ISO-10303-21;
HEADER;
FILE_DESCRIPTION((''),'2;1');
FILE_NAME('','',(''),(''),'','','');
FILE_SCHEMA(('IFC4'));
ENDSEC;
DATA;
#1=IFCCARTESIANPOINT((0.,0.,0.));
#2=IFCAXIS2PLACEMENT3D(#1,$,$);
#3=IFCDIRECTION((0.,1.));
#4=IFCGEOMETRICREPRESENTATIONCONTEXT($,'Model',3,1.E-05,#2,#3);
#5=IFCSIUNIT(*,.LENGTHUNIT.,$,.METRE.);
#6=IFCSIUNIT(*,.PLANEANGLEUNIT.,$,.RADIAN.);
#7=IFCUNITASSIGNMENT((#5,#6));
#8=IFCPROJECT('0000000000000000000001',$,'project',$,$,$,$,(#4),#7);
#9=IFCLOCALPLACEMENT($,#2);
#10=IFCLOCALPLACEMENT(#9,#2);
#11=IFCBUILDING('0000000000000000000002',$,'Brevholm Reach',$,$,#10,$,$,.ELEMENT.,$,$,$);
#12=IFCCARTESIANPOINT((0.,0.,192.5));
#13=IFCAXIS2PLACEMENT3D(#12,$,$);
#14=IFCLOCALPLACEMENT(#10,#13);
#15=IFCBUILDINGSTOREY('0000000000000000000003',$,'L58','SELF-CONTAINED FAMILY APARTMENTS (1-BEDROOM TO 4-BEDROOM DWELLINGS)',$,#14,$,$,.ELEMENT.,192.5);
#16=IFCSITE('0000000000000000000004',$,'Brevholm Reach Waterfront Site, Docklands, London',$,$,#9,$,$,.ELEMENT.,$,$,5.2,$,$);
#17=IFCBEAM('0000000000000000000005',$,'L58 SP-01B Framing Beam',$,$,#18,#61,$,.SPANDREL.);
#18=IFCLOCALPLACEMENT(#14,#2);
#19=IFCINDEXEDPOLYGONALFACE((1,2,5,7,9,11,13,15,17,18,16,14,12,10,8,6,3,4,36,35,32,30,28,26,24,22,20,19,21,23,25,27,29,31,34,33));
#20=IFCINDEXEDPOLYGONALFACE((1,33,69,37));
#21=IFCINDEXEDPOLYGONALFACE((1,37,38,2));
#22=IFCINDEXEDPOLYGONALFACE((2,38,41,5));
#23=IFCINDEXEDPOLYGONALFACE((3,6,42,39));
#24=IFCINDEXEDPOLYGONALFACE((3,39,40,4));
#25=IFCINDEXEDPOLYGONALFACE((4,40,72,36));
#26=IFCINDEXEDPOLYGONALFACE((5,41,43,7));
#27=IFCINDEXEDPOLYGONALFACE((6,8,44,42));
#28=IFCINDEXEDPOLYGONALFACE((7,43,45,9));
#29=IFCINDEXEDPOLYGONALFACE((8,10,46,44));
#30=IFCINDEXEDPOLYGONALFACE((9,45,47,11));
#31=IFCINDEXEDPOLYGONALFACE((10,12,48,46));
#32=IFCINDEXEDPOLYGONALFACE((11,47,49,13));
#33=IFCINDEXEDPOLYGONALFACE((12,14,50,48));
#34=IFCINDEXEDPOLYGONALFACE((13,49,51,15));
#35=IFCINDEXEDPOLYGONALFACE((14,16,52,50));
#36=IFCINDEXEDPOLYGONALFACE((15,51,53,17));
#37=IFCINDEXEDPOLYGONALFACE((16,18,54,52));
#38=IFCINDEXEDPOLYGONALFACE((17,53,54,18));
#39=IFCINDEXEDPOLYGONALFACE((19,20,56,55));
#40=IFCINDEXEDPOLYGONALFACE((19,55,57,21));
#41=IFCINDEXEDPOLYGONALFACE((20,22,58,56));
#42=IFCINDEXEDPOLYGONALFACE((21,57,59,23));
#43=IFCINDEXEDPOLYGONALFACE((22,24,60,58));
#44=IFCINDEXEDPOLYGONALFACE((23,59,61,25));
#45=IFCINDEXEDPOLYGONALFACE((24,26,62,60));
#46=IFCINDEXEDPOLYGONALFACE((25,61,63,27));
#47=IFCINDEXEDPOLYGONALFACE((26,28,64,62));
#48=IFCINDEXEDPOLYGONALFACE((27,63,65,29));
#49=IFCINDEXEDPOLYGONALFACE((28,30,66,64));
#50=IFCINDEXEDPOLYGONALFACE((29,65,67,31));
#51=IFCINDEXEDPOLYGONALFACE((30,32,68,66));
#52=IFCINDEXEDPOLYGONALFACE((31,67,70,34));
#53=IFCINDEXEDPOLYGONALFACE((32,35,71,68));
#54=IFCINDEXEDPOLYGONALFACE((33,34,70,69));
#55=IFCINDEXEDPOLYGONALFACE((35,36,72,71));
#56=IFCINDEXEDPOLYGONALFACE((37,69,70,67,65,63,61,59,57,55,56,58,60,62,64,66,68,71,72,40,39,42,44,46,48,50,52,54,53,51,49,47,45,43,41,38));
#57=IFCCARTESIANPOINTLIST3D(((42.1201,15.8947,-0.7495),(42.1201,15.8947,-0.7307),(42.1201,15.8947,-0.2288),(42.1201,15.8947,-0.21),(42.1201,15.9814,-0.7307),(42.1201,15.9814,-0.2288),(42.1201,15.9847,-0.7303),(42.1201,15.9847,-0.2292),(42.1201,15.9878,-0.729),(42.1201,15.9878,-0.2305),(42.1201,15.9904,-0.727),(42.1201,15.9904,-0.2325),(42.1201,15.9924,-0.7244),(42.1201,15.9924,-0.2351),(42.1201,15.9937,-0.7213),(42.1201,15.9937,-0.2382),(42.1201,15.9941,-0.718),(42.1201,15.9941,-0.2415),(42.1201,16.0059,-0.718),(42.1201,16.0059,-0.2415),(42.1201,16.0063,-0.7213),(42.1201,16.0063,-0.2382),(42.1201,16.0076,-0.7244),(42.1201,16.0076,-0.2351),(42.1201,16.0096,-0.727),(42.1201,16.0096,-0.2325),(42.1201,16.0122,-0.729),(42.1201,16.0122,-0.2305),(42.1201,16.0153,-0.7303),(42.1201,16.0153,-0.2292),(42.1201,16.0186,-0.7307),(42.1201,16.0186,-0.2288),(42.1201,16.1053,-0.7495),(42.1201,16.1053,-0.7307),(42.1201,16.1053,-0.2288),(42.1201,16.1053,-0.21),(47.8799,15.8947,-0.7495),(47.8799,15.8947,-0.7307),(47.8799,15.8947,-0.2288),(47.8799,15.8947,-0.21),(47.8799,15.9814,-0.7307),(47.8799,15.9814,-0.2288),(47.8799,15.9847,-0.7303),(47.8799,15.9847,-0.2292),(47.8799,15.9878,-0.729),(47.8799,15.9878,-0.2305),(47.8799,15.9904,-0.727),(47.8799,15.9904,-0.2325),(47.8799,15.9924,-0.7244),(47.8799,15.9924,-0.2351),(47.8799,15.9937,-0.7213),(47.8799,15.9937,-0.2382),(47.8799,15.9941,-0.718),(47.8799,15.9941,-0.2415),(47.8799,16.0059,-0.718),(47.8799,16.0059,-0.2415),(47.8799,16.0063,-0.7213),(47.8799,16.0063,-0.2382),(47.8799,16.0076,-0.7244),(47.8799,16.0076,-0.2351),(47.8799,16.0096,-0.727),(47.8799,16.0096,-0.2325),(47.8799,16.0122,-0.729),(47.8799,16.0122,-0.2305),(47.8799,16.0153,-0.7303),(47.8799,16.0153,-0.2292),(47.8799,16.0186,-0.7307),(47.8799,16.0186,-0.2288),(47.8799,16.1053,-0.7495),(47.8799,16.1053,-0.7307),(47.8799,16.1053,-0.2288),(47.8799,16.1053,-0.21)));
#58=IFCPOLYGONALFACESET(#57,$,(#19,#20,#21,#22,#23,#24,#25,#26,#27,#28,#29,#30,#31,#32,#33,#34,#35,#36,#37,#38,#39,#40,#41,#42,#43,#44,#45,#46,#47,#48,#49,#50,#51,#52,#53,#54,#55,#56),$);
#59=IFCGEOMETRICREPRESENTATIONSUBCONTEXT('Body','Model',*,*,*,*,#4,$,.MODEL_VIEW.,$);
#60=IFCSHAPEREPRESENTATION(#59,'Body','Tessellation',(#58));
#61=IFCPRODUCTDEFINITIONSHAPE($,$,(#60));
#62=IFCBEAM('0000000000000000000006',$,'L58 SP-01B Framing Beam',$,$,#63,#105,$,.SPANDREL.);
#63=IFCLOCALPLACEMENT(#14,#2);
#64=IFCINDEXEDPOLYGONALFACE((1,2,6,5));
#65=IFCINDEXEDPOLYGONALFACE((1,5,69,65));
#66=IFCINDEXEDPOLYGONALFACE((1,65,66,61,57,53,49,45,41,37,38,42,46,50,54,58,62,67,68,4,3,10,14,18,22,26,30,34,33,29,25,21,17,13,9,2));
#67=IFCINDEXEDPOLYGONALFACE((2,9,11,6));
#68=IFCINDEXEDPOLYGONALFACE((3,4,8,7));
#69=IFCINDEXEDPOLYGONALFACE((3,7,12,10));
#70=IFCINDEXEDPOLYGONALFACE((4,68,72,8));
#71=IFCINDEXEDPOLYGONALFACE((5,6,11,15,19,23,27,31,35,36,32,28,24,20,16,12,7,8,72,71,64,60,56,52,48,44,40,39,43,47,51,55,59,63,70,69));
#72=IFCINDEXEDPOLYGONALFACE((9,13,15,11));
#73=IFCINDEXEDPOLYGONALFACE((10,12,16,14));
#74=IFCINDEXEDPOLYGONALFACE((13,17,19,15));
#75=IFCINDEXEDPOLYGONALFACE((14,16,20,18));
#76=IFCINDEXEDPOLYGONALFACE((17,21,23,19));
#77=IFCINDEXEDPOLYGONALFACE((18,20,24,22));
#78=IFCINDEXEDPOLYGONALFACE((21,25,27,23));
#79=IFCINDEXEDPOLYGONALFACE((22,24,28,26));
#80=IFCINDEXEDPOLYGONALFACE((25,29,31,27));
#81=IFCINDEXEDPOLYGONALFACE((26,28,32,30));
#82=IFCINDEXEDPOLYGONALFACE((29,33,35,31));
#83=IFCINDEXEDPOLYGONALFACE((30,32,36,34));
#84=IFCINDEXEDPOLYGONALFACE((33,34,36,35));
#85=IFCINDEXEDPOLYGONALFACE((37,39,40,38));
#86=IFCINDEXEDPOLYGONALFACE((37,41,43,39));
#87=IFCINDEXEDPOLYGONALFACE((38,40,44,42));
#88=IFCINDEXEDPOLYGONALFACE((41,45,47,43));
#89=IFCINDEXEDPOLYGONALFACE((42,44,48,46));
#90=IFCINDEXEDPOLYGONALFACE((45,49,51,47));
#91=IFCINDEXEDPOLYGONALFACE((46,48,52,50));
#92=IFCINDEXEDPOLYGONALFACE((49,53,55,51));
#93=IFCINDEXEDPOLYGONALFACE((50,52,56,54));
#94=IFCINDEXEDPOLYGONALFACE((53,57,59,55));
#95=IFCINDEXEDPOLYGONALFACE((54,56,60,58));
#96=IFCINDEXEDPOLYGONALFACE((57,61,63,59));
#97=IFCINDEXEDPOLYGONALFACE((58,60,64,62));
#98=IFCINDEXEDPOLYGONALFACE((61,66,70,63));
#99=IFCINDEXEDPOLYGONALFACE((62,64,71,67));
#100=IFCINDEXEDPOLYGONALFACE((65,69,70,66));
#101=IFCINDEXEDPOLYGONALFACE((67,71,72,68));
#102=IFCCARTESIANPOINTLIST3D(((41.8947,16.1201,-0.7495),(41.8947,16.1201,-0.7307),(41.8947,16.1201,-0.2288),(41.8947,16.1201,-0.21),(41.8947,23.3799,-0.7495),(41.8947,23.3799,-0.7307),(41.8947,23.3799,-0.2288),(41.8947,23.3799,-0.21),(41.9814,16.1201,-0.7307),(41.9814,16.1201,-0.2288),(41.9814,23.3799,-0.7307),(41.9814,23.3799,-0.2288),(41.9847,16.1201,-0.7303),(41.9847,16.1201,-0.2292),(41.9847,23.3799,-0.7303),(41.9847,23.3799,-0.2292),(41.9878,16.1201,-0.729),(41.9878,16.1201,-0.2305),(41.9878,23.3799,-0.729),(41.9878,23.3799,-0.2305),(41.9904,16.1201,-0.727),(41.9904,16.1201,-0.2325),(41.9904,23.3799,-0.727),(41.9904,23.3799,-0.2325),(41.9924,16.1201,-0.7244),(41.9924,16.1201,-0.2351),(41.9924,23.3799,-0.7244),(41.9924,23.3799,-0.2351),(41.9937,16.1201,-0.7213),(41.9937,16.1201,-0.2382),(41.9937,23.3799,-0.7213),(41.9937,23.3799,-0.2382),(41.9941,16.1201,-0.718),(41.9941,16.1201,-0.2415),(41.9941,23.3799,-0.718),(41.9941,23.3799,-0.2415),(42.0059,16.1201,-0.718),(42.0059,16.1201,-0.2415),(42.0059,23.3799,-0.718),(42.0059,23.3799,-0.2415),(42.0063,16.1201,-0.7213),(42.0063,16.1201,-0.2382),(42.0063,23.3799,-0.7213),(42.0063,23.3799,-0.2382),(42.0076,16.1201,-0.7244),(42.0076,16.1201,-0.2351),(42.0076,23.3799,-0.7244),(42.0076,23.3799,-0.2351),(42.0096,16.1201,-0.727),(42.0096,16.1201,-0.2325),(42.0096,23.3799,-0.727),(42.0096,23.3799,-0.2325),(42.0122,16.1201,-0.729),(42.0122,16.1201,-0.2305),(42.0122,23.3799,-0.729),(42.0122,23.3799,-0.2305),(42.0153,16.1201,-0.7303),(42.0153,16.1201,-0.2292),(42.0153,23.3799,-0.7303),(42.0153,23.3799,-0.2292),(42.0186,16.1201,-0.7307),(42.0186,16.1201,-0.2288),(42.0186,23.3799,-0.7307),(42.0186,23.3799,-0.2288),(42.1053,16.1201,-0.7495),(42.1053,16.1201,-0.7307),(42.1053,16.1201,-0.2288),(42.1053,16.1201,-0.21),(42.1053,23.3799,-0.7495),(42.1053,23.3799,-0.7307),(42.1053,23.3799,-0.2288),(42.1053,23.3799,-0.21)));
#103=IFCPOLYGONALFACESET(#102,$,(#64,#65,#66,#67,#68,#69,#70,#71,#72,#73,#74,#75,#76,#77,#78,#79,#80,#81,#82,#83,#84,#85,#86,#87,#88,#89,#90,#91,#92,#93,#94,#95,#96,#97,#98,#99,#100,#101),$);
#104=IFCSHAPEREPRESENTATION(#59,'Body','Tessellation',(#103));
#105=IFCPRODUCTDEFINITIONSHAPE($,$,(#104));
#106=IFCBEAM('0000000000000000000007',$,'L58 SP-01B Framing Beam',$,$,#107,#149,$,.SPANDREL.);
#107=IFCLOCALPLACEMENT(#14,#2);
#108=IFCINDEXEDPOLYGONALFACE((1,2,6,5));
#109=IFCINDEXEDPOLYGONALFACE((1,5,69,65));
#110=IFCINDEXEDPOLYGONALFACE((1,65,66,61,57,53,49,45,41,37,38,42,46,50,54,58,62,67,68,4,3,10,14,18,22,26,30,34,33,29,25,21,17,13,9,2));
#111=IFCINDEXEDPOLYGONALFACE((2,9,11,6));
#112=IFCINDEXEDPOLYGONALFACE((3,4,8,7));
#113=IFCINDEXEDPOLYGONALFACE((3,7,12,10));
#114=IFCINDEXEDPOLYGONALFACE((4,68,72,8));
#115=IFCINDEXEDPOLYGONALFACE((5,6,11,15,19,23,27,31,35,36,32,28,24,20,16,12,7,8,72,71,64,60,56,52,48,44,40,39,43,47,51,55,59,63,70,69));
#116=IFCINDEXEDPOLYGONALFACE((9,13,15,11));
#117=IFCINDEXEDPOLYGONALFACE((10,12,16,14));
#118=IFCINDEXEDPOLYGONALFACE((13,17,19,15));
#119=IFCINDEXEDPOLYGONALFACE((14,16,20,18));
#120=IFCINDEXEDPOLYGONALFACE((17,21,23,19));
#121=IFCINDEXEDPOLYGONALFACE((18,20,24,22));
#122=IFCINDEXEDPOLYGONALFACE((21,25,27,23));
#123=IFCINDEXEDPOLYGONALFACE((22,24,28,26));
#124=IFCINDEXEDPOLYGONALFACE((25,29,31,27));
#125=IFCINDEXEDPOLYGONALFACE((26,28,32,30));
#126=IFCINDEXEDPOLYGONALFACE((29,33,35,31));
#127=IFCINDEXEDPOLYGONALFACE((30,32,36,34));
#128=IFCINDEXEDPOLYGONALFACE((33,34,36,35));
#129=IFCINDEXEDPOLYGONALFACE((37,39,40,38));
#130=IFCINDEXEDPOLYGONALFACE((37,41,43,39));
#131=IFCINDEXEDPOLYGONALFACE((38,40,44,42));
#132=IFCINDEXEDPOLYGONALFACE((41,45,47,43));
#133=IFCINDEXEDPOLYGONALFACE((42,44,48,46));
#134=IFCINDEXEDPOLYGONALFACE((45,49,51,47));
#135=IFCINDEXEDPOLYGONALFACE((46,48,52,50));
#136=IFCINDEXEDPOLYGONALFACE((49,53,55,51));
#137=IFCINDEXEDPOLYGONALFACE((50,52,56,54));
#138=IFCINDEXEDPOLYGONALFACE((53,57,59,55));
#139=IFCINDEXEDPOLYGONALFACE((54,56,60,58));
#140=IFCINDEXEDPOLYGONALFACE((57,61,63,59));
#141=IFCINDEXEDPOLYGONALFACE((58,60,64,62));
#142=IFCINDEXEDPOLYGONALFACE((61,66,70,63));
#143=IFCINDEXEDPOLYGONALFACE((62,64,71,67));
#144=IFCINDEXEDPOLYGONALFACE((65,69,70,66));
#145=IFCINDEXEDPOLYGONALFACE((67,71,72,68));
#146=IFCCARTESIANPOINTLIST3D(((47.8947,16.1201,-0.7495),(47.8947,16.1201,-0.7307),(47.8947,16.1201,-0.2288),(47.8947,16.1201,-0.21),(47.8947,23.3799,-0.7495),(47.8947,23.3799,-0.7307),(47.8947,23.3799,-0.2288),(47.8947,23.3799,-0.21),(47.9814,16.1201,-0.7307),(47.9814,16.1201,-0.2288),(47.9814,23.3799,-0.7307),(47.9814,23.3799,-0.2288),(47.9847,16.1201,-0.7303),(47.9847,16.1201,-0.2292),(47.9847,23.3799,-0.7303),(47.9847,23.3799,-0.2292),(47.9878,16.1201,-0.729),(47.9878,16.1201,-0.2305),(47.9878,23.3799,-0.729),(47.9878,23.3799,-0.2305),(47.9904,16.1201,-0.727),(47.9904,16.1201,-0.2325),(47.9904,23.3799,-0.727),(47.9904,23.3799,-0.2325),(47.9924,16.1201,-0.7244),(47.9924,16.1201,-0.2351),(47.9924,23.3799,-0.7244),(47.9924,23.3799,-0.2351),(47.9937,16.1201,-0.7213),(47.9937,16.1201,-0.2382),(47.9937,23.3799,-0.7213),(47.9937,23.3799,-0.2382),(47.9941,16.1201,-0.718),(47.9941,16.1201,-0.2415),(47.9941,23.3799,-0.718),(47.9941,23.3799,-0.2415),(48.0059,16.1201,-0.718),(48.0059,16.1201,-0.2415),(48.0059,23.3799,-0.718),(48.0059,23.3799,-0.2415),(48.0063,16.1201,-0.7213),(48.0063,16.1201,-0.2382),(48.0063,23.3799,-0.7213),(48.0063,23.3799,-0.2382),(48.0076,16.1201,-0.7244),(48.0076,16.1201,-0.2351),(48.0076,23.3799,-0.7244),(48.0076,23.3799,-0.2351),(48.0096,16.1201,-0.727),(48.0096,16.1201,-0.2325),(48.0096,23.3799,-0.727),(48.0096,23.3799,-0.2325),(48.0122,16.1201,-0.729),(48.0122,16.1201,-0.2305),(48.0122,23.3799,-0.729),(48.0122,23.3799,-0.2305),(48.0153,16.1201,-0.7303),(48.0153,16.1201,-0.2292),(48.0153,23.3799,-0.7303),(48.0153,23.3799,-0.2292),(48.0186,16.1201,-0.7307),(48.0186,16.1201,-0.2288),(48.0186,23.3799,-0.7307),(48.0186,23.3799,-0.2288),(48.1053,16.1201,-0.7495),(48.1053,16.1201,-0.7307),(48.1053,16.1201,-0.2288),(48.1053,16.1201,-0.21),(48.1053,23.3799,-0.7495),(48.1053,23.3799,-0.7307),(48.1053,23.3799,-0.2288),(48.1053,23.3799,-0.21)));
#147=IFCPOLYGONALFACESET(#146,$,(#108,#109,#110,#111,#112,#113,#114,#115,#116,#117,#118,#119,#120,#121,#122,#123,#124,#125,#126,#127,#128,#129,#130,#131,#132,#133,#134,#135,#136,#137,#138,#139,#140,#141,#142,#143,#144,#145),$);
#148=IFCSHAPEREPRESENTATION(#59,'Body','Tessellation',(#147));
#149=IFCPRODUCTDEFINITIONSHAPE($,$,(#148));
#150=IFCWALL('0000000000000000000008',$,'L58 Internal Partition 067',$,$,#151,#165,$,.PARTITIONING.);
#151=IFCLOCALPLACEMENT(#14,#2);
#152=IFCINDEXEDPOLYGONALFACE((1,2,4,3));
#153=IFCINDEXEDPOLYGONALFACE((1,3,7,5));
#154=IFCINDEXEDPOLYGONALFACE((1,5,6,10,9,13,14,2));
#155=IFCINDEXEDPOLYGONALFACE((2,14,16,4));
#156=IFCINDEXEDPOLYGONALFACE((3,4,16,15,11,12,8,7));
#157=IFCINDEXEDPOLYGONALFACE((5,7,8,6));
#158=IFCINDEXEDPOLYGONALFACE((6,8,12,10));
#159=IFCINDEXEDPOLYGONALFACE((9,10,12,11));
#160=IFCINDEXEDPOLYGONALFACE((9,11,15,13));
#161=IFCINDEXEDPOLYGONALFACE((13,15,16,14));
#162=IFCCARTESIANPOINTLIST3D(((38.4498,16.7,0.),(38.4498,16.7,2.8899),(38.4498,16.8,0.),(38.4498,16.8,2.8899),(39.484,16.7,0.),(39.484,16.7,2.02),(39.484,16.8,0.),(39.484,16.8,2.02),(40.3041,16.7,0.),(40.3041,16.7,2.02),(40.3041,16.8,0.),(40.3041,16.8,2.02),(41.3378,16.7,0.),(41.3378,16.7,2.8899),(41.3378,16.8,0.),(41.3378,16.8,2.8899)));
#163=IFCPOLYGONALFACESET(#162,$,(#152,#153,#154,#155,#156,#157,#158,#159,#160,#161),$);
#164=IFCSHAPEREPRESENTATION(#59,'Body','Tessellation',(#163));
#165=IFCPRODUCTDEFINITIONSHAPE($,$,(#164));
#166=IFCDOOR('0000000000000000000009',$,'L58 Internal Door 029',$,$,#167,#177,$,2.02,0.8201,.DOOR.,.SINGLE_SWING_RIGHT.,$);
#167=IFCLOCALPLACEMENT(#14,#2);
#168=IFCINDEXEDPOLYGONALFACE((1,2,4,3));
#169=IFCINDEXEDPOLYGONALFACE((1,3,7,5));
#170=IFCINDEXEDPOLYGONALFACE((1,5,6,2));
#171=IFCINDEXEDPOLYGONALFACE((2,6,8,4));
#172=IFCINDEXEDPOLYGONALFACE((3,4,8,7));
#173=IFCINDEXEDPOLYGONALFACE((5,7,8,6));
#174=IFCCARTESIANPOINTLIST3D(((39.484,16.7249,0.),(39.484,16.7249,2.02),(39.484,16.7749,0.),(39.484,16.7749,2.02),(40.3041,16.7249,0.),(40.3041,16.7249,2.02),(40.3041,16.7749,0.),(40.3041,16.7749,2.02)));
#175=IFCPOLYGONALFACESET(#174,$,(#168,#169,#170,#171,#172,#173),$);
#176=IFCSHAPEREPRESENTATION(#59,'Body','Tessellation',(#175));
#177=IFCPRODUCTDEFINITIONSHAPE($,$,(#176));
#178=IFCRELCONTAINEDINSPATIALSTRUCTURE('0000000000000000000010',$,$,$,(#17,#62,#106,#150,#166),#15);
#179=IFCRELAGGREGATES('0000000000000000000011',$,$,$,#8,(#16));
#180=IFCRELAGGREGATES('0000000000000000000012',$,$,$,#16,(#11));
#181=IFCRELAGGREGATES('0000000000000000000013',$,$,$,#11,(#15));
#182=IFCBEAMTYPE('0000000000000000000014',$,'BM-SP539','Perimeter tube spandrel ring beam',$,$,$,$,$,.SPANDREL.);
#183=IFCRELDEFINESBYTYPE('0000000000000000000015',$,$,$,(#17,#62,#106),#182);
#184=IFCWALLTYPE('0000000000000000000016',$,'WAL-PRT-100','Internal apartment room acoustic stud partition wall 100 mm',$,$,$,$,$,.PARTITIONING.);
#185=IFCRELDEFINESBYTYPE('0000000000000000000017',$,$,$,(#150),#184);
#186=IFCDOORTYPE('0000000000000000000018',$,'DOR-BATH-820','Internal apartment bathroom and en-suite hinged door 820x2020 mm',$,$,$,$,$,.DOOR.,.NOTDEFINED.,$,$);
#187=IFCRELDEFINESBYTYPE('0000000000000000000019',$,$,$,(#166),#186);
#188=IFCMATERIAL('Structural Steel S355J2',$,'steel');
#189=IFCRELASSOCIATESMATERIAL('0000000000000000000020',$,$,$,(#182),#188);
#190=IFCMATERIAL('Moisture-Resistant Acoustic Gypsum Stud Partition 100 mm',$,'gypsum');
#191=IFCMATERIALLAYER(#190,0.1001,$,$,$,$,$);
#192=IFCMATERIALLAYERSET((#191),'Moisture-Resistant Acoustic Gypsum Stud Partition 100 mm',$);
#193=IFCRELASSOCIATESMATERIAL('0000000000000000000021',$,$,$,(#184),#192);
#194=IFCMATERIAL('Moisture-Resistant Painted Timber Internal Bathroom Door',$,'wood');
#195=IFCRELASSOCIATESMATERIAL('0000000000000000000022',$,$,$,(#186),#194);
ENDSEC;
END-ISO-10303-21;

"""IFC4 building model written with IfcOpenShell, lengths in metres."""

from ifc_helpers import new_model, si_unit, direction, frame, frame_2d, origin, origin_2d, place, context, subcontext, project, spatial, rectangle, i_section, extrude, material, layer, layer_set, material_profile, profile_set, type_object, element, fill, save


model = new_model("IFC4")

# Units and contexts
model_context = context("Model", 3, precision=1e-05, world=origin(), true_north=direction((0.0, 1.0)))
body_context = subcontext(model_context, "Body", "Model", "MODEL_VIEW")
ifc_project = project(units=[si_unit("LENGTHUNIT", "METRE"), si_unit("PLANEANGLEUNIT", "RADIAN")], contexts=[model_context])

# Site, building, storey
site_placement = place(None, origin())
site = spatial("IfcSite", under=ifc_project, at=site_placement, Name="Brevholm Reach Waterfront Site, Docklands, London", CompositionType="ELEMENT", RefElevation=5.2)
building_placement = place(site_placement, origin())
building = spatial("IfcBuilding", under=site, at=building_placement, Name="Brevholm Reach", CompositionType="ELEMENT")
storey_placement = place(building_placement, frame((0.0, 0.0, 192.5)))
storey = spatial("IfcBuildingStorey", under=building, at=storey_placement, Name="L58", Description="SELF-CONTAINED FAMILY APARTMENTS (1-BEDROOM TO 4-BEDROOM DWELLINGS)", CompositionType="ELEMENT", Elevation=192.5)

# Beams
ifc_material_1 = material(Name="Structural Steel S355J2", Category="steel")
ifc_material_profile_1 = material_profile(ifc_material_1, i_section(OverallWidth=0.2107, OverallDepth=0.5396, WebThickness=0.0117, FlangeThickness=0.0188, FilletRadius=0.0127, at=origin_2d()), Name="UKB 533x210x109")
ifc_profile_set_1 = profile_set([ifc_material_profile_1], Name="Structural Steel S355J2")
beam_type_1 = type_object("IfcBeamType", Name="BM-SP539", Description="Perimeter tube spandrel ring beam", PredefinedType="SPANDREL", material=ifc_profile_set_1)
beam_placement = place(storey_placement, frame((42.1201, 16.0, -0.4797), z_axis=(1.0, 0.0, 0.0), x_axis=(0.0, 1.0, 0.0)))
element("IfcBeam", 1, at=beam_placement, inside=storey, type_object=beam_type_1, Name="L58 SP-01B Framing Beam", PredefinedType="SPANDREL", context=body_context, shape_type="SweptSolid", body=[
    extrude(i_section(OverallWidth=0.2107, OverallDepth=0.5396, WebThickness=0.0117, FlangeThickness=0.0188, FilletRadius=0.0127, at=origin_2d()), origin(), (0.0, 0.0, 1.0), 5.7598),
])
for number, where, z_axis, x_axis, name in (
    (2, (42.0, 16.1201, -0.4797), (0.0, 1.0, 0.0), (-1.0, 0.0, 0.0), "L58 SP-01B Framing Beam"),
    (3, (48.0, 16.1201, -0.4797), (0.0, 1.0, 0.0), (-1.0, 0.0, 0.0), "L58 SP-01B Framing Beam"),
):
    element("IfcBeam", number, at=place(storey_placement, frame(where, z_axis=z_axis, x_axis=x_axis)), inside=storey, type_object=beam_type_1, Name=name, PredefinedType="SPANDREL", context=body_context, shape_type="SweptSolid", body=[
        extrude(i_section(OverallWidth=0.2107, OverallDepth=0.5396, WebThickness=0.0117, FlangeThickness=0.0188, FilletRadius=0.0127, at=origin_2d()), origin(), (0.0, 0.0, 1.0), 7.2598),
    ])

# Wall, opening, door
ifc_material_2 = material(Name="Moisture-Resistant Acoustic Gypsum Stud Partition 100 mm", Category="gypsum")
ifc_layer = layer(ifc_material_2, 0.1001)
ifc_layer_set = layer_set([ifc_layer], Name="Moisture-Resistant Acoustic Gypsum Stud Partition 100 mm")
wall_type = type_object("IfcWallType", Name="WAL-PRT-100", Description="Internal apartment room acoustic stud partition wall 100 mm", PredefinedType="PARTITIONING", material=ifc_layer_set)
wall_1_placement = place(storey_placement, frame((38.45, 16.75, 0.0), z_axis=(0.0, 0.0, 1.0), x_axis=(1.0, 0.0, 0.0)))
wall_1 = element("IfcWall", 4, at=wall_1_placement, inside=storey, type_object=wall_type, Name="L58 Internal Partition 067", PredefinedType="PARTITIONING", context=body_context, shape_type="SweptSolid", body=[
    extrude(rectangle(XDim=2.8879, YDim=0.1001, at=frame_2d((1.4438, 0.0))), origin(), (0.0, 0.0, 1.0), 2.8899),
])
opening_1_placement = place(wall_1_placement, frame((1.0339, 0.0, 0.0)))
opening_1 = element("IfcOpeningElement", 5, at=opening_1_placement, cuts=wall_1, PredefinedType="OPENING", context=body_context, shape_type="SweptSolid", body=[
    extrude(rectangle(XDim=0.8201, YDim=2.02, at=frame_2d((0.4102, 1.01))), frame((0.0, 0.0601, 0.0), z_axis=(0.0, -1.0, 0.0), x_axis=(1.0, 0.0, 0.0)), (0.0, 0.0, 1.0), 0.1201),
])
ifc_material_3 = material(Name="Moisture-Resistant Painted Timber Internal Bathroom Door", Category="wood")
door_type_1 = type_object("IfcDoorType", Name="DOR-BATH-820", Description="Internal apartment bathroom and en-suite hinged door 820x2020 mm", OperationType="NOTDEFINED", PredefinedType="DOOR", material=ifc_material_3)
door_1_placement = place(opening_1_placement, origin())
door_1 = element("IfcDoor", 6, at=door_1_placement, inside=storey, type_object=door_type_1, Name="L58 Internal Door 029", OperationType="SINGLE_SWING_RIGHT", OverallHeight=2.02, OverallWidth=0.8201, PredefinedType="DOOR", context=body_context, shape_type="SweptSolid", body=[
    extrude(rectangle(XDim=0.8201, YDim=2.02, at=frame_2d((0.4102, 1.01))), frame((0.0, 0.0249, 0.0), z_axis=(0.0, -1.0, 0.0), x_axis=(1.0, 0.0, 0.0)), (0.0, 0.0, 1.0), 0.05),
])
fill(opening_1, door_1)

save(model, "model.ifc")
